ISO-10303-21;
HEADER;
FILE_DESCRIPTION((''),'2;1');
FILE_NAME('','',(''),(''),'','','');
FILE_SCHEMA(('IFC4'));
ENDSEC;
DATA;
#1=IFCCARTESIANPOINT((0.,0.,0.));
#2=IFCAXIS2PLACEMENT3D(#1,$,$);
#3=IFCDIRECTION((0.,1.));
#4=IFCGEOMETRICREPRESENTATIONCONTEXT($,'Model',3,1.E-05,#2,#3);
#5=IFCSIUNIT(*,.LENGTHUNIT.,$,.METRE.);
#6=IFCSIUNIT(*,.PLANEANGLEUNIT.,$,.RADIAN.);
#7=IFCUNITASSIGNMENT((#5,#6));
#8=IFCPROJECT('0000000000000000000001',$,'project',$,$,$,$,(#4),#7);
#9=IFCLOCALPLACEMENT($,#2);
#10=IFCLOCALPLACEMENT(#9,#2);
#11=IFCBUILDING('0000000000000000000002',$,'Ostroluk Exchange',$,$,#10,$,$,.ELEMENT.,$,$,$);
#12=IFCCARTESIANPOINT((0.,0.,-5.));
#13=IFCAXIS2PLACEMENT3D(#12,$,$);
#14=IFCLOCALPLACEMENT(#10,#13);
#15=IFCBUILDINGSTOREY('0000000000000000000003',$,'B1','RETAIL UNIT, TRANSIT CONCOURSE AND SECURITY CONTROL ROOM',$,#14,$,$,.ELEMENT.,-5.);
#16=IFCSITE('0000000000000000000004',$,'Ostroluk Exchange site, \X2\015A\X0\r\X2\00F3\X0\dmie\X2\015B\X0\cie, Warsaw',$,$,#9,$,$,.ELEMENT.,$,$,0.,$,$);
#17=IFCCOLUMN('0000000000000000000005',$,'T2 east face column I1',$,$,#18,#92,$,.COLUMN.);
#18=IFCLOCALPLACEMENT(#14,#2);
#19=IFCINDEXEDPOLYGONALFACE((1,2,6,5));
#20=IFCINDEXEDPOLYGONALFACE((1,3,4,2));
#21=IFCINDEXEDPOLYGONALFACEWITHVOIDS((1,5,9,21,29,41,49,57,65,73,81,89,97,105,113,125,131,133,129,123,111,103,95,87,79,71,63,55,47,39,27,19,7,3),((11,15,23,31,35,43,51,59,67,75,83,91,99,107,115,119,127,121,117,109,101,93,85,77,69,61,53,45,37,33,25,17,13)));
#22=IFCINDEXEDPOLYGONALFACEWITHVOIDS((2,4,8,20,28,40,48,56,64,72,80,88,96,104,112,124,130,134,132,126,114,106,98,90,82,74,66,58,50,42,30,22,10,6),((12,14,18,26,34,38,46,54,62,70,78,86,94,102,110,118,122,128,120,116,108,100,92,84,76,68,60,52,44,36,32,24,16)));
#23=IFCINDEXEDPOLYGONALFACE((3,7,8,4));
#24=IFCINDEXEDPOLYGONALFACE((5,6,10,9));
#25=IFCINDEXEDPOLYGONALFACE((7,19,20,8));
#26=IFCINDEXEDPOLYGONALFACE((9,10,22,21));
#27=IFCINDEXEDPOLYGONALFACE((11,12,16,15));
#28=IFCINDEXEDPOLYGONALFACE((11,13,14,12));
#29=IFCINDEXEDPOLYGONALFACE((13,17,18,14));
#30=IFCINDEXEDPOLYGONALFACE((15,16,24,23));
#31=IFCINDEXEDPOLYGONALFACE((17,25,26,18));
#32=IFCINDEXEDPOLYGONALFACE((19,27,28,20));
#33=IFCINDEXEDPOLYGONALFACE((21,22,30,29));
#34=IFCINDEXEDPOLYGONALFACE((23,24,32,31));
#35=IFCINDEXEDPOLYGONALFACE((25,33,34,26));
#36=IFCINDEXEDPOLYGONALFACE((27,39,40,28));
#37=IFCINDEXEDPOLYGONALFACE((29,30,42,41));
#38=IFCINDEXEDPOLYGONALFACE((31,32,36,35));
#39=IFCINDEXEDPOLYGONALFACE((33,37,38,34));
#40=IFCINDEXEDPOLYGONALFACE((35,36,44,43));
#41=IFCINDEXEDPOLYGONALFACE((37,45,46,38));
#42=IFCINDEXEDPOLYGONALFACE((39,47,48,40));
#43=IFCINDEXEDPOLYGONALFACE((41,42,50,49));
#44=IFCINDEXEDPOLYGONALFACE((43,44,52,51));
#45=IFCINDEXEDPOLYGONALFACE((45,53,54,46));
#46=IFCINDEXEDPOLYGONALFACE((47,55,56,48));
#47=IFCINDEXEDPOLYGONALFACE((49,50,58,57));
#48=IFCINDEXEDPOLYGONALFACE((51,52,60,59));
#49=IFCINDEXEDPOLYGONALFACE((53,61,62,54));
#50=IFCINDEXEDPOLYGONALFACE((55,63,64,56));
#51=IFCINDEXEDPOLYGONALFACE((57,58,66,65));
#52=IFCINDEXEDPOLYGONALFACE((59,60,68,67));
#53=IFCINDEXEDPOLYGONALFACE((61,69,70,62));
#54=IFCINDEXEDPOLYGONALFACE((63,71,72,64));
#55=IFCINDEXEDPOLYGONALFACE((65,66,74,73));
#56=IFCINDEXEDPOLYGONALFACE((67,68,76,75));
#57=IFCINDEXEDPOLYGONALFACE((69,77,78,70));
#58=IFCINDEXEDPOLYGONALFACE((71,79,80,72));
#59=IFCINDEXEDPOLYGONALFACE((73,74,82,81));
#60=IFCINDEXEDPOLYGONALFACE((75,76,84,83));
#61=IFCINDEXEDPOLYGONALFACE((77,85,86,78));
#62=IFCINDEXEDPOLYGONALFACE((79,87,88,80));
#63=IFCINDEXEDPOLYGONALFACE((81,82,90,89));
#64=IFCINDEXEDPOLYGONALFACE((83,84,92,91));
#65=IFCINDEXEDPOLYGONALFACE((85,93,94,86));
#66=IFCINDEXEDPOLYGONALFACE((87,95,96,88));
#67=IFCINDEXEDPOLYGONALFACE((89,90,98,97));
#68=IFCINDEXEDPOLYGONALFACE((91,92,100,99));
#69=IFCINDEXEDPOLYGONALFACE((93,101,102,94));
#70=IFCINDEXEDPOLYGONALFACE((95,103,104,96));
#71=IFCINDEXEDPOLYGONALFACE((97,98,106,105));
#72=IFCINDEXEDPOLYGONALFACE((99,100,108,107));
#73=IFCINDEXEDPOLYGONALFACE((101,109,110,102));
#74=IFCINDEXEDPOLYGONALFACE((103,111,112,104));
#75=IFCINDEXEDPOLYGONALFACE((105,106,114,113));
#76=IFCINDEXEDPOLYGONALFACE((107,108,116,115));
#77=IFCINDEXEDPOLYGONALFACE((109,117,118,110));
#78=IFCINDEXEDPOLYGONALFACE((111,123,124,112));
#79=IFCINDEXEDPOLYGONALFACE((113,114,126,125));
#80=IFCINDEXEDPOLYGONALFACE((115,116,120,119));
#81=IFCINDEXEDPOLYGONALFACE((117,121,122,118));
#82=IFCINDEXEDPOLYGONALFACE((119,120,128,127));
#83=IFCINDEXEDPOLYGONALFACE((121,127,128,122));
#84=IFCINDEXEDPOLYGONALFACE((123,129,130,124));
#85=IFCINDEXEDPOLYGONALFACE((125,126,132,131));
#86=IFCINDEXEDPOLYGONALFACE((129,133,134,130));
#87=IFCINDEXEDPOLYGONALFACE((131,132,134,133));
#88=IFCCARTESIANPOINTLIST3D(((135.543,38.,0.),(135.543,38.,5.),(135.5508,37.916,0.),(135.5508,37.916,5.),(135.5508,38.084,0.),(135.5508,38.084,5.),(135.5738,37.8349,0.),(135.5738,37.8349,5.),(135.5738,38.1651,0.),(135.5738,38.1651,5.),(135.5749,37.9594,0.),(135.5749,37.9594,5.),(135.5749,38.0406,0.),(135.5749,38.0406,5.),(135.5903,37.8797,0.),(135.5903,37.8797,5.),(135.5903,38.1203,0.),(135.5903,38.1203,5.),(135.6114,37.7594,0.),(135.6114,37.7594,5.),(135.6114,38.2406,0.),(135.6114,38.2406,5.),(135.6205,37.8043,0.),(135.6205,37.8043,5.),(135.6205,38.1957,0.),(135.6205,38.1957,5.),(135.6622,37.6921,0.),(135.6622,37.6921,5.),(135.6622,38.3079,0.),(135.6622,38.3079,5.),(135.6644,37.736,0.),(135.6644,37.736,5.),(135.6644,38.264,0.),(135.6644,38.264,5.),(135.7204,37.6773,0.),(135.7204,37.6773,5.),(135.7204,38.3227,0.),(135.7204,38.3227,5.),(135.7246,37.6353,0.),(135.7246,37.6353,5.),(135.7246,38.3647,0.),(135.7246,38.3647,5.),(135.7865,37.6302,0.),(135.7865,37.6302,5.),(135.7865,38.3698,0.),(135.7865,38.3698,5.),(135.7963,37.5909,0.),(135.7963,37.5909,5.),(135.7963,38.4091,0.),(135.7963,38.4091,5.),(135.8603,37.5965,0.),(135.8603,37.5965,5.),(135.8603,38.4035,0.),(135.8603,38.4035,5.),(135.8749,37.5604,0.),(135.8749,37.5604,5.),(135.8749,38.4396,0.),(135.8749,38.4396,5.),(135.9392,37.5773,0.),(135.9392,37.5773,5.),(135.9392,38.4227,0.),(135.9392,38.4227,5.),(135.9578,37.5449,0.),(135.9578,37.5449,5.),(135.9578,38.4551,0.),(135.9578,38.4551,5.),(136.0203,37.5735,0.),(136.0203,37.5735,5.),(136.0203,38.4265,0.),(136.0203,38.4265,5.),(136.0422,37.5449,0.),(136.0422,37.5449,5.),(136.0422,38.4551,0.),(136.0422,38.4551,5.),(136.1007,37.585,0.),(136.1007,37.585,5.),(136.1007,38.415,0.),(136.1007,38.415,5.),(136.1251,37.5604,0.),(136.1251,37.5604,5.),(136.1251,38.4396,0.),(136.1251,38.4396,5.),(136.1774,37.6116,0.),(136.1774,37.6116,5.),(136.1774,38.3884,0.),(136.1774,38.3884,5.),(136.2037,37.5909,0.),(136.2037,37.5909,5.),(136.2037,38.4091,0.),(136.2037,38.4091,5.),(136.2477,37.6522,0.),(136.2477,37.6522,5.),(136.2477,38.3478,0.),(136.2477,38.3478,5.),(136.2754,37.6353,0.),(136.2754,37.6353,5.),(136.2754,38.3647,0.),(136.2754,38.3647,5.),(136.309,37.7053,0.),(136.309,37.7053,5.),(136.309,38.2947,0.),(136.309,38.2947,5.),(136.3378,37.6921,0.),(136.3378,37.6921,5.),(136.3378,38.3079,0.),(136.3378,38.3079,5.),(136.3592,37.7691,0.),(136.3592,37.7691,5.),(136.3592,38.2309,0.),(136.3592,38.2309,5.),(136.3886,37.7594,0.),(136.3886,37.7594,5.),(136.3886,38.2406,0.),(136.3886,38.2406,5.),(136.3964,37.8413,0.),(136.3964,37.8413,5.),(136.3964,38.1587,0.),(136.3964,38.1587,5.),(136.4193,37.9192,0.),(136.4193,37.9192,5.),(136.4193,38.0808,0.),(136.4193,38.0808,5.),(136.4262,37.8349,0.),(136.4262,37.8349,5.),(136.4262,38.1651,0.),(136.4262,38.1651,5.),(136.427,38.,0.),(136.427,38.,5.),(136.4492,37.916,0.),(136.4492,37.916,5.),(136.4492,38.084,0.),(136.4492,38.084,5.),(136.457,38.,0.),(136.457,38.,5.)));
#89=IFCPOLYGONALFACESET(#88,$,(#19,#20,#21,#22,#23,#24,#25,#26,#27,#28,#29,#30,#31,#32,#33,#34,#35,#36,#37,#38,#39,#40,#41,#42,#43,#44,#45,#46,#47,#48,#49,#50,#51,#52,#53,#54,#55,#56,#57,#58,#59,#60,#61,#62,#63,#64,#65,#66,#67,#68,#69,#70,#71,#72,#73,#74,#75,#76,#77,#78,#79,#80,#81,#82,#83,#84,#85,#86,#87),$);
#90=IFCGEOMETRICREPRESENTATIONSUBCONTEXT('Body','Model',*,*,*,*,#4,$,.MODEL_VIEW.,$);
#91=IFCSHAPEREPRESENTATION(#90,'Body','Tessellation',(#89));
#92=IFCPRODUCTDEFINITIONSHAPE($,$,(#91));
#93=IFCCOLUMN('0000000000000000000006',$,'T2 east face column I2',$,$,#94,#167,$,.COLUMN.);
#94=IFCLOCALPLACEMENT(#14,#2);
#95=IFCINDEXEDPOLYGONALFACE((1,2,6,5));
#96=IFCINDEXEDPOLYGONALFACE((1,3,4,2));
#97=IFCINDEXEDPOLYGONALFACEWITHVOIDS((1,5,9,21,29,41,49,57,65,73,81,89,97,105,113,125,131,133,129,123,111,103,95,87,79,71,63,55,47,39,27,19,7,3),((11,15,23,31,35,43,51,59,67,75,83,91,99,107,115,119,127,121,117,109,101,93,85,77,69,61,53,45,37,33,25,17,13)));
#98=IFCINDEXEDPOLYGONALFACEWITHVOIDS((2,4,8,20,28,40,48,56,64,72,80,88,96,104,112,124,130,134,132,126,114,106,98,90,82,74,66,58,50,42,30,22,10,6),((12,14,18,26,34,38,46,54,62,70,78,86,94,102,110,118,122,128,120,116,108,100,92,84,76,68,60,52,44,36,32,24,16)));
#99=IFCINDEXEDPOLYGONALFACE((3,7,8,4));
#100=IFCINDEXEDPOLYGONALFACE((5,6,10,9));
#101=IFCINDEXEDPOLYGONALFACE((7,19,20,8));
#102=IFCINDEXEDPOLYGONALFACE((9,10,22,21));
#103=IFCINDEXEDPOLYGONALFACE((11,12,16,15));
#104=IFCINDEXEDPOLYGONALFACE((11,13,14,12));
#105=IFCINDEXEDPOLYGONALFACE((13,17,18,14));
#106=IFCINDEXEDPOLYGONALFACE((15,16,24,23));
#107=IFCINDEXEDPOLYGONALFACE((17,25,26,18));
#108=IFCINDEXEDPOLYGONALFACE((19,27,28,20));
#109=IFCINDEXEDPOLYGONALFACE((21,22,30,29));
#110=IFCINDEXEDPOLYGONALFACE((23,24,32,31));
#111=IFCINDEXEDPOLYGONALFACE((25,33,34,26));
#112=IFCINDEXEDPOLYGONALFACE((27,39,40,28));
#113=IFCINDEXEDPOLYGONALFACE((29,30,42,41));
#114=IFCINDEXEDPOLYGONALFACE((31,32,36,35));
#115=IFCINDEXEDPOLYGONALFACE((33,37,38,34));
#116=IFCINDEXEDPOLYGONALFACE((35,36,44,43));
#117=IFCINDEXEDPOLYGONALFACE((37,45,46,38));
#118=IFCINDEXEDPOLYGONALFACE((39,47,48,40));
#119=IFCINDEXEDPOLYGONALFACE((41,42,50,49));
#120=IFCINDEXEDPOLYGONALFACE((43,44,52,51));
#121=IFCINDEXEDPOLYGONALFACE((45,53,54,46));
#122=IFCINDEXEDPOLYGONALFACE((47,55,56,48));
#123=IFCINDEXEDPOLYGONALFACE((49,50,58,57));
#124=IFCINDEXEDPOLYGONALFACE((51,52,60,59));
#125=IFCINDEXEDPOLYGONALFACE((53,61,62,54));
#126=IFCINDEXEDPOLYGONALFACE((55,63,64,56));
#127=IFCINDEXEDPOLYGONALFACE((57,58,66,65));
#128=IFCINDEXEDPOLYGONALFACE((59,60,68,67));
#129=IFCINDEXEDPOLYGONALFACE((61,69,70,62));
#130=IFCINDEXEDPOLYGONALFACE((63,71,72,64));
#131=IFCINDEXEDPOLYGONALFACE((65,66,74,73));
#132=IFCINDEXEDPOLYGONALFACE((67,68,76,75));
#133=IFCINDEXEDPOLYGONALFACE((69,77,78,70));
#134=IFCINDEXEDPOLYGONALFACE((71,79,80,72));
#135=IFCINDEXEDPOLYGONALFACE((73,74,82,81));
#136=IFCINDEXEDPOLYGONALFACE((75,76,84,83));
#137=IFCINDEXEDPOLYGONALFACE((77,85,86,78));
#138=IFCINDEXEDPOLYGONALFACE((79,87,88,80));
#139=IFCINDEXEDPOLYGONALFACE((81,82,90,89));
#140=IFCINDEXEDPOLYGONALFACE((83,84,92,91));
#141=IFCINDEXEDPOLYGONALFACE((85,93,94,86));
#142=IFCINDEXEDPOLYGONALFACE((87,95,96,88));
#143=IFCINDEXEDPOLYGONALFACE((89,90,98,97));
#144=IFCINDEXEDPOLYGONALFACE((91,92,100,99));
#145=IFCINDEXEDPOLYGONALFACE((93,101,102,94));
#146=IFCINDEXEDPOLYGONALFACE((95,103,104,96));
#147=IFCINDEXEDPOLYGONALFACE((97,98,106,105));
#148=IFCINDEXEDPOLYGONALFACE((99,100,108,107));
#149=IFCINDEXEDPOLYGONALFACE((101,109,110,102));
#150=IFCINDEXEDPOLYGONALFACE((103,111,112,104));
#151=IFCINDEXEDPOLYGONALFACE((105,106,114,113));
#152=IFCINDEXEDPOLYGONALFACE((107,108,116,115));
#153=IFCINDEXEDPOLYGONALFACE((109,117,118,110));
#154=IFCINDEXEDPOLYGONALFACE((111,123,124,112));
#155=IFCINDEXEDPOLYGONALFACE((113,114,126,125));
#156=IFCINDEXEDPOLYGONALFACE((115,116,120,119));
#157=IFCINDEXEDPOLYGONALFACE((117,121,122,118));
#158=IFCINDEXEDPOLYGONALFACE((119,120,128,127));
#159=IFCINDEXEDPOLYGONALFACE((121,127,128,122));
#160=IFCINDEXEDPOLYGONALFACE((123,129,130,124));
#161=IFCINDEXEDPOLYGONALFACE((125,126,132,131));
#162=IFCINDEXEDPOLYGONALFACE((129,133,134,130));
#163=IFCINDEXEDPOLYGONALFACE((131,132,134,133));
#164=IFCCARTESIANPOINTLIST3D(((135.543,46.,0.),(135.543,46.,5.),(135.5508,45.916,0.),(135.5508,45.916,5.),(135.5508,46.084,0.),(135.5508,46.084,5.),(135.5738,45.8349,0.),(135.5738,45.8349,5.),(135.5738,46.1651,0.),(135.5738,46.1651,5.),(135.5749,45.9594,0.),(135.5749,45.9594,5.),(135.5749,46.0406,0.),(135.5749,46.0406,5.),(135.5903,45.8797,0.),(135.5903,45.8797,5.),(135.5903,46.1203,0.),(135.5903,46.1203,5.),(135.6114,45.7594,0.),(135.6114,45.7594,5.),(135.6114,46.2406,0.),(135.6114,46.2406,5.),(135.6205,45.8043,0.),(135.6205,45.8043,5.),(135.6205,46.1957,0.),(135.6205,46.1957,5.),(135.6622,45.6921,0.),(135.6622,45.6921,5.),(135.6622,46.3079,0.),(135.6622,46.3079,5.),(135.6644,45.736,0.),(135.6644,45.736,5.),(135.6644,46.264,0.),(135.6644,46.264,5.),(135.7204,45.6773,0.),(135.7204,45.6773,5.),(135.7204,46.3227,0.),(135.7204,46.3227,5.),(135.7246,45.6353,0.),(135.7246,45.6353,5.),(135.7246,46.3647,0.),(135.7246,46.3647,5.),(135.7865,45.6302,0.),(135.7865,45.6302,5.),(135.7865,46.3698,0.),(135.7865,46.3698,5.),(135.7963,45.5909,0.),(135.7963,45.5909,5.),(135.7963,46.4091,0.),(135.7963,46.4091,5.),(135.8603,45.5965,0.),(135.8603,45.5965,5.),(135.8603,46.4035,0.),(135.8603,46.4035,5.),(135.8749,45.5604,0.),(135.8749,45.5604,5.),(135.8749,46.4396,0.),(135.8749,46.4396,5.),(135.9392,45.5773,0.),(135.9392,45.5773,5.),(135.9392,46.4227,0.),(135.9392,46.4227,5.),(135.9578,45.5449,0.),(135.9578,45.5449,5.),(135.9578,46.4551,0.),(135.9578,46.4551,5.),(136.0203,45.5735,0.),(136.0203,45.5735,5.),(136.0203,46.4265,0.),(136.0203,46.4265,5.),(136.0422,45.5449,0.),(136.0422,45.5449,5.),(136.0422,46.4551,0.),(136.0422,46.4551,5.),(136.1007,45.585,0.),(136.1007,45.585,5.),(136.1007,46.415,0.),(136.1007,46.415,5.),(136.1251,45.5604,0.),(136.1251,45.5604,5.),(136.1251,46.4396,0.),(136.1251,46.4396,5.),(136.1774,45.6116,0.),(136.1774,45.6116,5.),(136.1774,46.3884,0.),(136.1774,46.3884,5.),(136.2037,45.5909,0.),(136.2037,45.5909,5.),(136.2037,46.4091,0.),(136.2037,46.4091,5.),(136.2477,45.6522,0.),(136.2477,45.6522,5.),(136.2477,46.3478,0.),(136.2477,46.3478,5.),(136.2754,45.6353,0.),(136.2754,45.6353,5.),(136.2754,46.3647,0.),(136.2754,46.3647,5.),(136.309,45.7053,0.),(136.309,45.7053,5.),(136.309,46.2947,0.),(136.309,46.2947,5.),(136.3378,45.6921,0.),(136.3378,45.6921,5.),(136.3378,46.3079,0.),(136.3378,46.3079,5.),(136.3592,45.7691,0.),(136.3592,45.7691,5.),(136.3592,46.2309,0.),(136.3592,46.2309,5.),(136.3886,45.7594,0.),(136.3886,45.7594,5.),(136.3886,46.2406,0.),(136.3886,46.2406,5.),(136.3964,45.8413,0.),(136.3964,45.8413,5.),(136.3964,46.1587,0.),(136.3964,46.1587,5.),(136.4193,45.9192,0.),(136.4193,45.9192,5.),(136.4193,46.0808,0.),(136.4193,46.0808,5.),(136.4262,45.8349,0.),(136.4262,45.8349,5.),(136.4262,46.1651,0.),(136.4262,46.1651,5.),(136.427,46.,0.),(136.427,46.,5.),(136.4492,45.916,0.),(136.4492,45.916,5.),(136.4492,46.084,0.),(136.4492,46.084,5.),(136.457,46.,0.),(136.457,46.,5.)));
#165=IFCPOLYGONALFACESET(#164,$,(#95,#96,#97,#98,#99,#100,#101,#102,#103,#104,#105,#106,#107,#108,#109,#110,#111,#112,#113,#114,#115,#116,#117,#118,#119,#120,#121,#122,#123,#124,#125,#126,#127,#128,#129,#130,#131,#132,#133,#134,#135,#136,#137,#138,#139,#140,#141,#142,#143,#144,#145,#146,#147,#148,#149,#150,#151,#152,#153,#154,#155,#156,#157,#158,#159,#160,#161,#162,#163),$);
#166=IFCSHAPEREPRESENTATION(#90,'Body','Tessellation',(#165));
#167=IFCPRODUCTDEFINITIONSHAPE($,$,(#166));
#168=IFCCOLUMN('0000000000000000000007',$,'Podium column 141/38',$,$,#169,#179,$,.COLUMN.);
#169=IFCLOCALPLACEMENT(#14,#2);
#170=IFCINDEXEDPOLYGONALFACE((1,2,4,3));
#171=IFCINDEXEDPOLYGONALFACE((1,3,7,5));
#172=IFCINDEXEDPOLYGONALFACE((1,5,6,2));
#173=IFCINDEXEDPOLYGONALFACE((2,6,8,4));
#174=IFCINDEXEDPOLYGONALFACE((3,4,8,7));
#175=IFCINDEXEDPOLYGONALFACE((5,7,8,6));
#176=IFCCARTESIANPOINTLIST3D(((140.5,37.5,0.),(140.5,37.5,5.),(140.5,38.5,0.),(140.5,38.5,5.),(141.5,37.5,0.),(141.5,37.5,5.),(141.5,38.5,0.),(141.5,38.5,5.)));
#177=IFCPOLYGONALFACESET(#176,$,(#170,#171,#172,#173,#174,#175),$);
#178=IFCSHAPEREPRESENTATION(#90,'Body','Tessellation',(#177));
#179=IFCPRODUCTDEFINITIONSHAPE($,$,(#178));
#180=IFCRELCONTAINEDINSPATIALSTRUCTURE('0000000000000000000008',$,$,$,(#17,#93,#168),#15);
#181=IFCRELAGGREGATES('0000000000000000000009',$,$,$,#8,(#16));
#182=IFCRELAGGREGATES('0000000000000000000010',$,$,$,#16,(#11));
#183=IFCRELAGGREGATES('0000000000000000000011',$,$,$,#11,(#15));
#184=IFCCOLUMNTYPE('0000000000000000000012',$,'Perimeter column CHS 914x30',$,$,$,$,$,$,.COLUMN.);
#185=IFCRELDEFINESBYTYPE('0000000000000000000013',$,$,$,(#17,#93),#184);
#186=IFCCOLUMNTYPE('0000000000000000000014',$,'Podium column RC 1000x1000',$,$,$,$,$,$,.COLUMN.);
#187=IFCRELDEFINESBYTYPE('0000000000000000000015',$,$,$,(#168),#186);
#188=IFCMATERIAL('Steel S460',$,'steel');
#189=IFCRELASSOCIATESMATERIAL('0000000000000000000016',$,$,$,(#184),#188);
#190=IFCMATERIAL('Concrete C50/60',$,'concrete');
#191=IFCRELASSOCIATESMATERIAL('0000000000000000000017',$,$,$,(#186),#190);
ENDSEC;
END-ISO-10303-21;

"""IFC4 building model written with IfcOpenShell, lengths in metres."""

from ifc_helpers import new_model, si_unit, direction, frame, origin, origin_2d, place, context, subcontext, project, spatial, rectangle, hollow_circle, extrude, material, material_profile, profile_set, type_object, element, save


model = new_model("IFC4")

# Units and contexts
model_context = context("Model", 3, precision=1e-05, world=origin(), true_north=direction((0.0, 1.0)))
body_context = subcontext(model_context, "Body", "Model", "MODEL_VIEW")
ifc_project = project(units=[si_unit("LENGTHUNIT", "METRE"), si_unit("PLANEANGLEUNIT", "RADIAN")], contexts=[model_context])

# Site, building, storey
site_placement = place(None, origin())
site = spatial("IfcSite", under=ifc_project, at=site_placement, Name="Ostroluk Exchange site, Śródmieście, Warsaw", CompositionType="ELEMENT", RefElevation=0.0)
building_placement = place(site_placement, origin())
building = spatial("IfcBuilding", under=site, at=building_placement, Name="Ostroluk Exchange", CompositionType="ELEMENT")
storey_placement = place(building_placement, frame((0.0, 0.0, -5.0)))
storey = spatial("IfcBuildingStorey", under=building, at=storey_placement, Name="B1", Description="RETAIL UNIT, TRANSIT CONCOURSE AND SECURITY CONTROL ROOM", CompositionType="ELEMENT", Elevation=-5.0)

# Columns
ifc_material_1 = material(Name="Steel S460", Category="steel")
ifc_material_profile_1 = material_profile(ifc_material_1, hollow_circle(Radius=0.457, WallThickness=0.03, at=origin_2d()), Name="CHS 914x30")
ifc_profile_set_1 = profile_set([ifc_material_profile_1], Name="Steel S460")
column_type_1 = type_object("IfcColumnType", Name="Perimeter column CHS 914x30", PredefinedType="COLUMN", material=ifc_profile_set_1)
for number, where, z_axis, x_axis, name in (
    (1, (136.0, 38.0, 0.0), (0.0, 0.0, 1.0), (1.0, 0.0, 0.0), "T2 east face column I1"),
    (2, (136.0, 46.0, 0.0), (0.0, 0.0, 1.0), (1.0, 0.0, 0.0), "T2 east face column I2"),
):
    element("IfcColumn", number, at=place(storey_placement, frame(where, z_axis=z_axis, x_axis=x_axis)), inside=storey, type_object=column_type_1, Name=name, PredefinedType="COLUMN", context=body_context, shape_type="SweptSolid", body=[
        extrude(hollow_circle(Radius=0.457, WallThickness=0.03, at=origin_2d()), origin(), (0.0, 0.0, 1.0), 5.0),
    ])
ifc_material_2 = material(Name="Concrete C50/60", Category="concrete")
ifc_material_profile_2 = material_profile(ifc_material_2, rectangle(XDim=1.0, YDim=1.0, at=origin_2d()), Name="RC 1000x1000")
ifc_profile_set_2 = profile_set([ifc_material_profile_2], Name="Concrete C50/60")
column_type_2 = type_object("IfcColumnType", Name="Podium column RC 1000x1000", PredefinedType="COLUMN", material=ifc_profile_set_2)
column_placement = place(storey_placement, frame((141.0, 38.0, 0.0), z_axis=(0.0, 0.0, 1.0), x_axis=(1.0, 0.0, 0.0)))
element("IfcColumn", 3, at=column_placement, inside=storey, type_object=column_type_2, Name="Podium column 141/38", PredefinedType="COLUMN", context=body_context, shape_type="SweptSolid", body=[
    extrude(rectangle(XDim=1.0, YDim=1.0, at=origin_2d()), origin(), (0.0, 0.0, 1.0), 5.0),
])

save(model, "model.ifc")
